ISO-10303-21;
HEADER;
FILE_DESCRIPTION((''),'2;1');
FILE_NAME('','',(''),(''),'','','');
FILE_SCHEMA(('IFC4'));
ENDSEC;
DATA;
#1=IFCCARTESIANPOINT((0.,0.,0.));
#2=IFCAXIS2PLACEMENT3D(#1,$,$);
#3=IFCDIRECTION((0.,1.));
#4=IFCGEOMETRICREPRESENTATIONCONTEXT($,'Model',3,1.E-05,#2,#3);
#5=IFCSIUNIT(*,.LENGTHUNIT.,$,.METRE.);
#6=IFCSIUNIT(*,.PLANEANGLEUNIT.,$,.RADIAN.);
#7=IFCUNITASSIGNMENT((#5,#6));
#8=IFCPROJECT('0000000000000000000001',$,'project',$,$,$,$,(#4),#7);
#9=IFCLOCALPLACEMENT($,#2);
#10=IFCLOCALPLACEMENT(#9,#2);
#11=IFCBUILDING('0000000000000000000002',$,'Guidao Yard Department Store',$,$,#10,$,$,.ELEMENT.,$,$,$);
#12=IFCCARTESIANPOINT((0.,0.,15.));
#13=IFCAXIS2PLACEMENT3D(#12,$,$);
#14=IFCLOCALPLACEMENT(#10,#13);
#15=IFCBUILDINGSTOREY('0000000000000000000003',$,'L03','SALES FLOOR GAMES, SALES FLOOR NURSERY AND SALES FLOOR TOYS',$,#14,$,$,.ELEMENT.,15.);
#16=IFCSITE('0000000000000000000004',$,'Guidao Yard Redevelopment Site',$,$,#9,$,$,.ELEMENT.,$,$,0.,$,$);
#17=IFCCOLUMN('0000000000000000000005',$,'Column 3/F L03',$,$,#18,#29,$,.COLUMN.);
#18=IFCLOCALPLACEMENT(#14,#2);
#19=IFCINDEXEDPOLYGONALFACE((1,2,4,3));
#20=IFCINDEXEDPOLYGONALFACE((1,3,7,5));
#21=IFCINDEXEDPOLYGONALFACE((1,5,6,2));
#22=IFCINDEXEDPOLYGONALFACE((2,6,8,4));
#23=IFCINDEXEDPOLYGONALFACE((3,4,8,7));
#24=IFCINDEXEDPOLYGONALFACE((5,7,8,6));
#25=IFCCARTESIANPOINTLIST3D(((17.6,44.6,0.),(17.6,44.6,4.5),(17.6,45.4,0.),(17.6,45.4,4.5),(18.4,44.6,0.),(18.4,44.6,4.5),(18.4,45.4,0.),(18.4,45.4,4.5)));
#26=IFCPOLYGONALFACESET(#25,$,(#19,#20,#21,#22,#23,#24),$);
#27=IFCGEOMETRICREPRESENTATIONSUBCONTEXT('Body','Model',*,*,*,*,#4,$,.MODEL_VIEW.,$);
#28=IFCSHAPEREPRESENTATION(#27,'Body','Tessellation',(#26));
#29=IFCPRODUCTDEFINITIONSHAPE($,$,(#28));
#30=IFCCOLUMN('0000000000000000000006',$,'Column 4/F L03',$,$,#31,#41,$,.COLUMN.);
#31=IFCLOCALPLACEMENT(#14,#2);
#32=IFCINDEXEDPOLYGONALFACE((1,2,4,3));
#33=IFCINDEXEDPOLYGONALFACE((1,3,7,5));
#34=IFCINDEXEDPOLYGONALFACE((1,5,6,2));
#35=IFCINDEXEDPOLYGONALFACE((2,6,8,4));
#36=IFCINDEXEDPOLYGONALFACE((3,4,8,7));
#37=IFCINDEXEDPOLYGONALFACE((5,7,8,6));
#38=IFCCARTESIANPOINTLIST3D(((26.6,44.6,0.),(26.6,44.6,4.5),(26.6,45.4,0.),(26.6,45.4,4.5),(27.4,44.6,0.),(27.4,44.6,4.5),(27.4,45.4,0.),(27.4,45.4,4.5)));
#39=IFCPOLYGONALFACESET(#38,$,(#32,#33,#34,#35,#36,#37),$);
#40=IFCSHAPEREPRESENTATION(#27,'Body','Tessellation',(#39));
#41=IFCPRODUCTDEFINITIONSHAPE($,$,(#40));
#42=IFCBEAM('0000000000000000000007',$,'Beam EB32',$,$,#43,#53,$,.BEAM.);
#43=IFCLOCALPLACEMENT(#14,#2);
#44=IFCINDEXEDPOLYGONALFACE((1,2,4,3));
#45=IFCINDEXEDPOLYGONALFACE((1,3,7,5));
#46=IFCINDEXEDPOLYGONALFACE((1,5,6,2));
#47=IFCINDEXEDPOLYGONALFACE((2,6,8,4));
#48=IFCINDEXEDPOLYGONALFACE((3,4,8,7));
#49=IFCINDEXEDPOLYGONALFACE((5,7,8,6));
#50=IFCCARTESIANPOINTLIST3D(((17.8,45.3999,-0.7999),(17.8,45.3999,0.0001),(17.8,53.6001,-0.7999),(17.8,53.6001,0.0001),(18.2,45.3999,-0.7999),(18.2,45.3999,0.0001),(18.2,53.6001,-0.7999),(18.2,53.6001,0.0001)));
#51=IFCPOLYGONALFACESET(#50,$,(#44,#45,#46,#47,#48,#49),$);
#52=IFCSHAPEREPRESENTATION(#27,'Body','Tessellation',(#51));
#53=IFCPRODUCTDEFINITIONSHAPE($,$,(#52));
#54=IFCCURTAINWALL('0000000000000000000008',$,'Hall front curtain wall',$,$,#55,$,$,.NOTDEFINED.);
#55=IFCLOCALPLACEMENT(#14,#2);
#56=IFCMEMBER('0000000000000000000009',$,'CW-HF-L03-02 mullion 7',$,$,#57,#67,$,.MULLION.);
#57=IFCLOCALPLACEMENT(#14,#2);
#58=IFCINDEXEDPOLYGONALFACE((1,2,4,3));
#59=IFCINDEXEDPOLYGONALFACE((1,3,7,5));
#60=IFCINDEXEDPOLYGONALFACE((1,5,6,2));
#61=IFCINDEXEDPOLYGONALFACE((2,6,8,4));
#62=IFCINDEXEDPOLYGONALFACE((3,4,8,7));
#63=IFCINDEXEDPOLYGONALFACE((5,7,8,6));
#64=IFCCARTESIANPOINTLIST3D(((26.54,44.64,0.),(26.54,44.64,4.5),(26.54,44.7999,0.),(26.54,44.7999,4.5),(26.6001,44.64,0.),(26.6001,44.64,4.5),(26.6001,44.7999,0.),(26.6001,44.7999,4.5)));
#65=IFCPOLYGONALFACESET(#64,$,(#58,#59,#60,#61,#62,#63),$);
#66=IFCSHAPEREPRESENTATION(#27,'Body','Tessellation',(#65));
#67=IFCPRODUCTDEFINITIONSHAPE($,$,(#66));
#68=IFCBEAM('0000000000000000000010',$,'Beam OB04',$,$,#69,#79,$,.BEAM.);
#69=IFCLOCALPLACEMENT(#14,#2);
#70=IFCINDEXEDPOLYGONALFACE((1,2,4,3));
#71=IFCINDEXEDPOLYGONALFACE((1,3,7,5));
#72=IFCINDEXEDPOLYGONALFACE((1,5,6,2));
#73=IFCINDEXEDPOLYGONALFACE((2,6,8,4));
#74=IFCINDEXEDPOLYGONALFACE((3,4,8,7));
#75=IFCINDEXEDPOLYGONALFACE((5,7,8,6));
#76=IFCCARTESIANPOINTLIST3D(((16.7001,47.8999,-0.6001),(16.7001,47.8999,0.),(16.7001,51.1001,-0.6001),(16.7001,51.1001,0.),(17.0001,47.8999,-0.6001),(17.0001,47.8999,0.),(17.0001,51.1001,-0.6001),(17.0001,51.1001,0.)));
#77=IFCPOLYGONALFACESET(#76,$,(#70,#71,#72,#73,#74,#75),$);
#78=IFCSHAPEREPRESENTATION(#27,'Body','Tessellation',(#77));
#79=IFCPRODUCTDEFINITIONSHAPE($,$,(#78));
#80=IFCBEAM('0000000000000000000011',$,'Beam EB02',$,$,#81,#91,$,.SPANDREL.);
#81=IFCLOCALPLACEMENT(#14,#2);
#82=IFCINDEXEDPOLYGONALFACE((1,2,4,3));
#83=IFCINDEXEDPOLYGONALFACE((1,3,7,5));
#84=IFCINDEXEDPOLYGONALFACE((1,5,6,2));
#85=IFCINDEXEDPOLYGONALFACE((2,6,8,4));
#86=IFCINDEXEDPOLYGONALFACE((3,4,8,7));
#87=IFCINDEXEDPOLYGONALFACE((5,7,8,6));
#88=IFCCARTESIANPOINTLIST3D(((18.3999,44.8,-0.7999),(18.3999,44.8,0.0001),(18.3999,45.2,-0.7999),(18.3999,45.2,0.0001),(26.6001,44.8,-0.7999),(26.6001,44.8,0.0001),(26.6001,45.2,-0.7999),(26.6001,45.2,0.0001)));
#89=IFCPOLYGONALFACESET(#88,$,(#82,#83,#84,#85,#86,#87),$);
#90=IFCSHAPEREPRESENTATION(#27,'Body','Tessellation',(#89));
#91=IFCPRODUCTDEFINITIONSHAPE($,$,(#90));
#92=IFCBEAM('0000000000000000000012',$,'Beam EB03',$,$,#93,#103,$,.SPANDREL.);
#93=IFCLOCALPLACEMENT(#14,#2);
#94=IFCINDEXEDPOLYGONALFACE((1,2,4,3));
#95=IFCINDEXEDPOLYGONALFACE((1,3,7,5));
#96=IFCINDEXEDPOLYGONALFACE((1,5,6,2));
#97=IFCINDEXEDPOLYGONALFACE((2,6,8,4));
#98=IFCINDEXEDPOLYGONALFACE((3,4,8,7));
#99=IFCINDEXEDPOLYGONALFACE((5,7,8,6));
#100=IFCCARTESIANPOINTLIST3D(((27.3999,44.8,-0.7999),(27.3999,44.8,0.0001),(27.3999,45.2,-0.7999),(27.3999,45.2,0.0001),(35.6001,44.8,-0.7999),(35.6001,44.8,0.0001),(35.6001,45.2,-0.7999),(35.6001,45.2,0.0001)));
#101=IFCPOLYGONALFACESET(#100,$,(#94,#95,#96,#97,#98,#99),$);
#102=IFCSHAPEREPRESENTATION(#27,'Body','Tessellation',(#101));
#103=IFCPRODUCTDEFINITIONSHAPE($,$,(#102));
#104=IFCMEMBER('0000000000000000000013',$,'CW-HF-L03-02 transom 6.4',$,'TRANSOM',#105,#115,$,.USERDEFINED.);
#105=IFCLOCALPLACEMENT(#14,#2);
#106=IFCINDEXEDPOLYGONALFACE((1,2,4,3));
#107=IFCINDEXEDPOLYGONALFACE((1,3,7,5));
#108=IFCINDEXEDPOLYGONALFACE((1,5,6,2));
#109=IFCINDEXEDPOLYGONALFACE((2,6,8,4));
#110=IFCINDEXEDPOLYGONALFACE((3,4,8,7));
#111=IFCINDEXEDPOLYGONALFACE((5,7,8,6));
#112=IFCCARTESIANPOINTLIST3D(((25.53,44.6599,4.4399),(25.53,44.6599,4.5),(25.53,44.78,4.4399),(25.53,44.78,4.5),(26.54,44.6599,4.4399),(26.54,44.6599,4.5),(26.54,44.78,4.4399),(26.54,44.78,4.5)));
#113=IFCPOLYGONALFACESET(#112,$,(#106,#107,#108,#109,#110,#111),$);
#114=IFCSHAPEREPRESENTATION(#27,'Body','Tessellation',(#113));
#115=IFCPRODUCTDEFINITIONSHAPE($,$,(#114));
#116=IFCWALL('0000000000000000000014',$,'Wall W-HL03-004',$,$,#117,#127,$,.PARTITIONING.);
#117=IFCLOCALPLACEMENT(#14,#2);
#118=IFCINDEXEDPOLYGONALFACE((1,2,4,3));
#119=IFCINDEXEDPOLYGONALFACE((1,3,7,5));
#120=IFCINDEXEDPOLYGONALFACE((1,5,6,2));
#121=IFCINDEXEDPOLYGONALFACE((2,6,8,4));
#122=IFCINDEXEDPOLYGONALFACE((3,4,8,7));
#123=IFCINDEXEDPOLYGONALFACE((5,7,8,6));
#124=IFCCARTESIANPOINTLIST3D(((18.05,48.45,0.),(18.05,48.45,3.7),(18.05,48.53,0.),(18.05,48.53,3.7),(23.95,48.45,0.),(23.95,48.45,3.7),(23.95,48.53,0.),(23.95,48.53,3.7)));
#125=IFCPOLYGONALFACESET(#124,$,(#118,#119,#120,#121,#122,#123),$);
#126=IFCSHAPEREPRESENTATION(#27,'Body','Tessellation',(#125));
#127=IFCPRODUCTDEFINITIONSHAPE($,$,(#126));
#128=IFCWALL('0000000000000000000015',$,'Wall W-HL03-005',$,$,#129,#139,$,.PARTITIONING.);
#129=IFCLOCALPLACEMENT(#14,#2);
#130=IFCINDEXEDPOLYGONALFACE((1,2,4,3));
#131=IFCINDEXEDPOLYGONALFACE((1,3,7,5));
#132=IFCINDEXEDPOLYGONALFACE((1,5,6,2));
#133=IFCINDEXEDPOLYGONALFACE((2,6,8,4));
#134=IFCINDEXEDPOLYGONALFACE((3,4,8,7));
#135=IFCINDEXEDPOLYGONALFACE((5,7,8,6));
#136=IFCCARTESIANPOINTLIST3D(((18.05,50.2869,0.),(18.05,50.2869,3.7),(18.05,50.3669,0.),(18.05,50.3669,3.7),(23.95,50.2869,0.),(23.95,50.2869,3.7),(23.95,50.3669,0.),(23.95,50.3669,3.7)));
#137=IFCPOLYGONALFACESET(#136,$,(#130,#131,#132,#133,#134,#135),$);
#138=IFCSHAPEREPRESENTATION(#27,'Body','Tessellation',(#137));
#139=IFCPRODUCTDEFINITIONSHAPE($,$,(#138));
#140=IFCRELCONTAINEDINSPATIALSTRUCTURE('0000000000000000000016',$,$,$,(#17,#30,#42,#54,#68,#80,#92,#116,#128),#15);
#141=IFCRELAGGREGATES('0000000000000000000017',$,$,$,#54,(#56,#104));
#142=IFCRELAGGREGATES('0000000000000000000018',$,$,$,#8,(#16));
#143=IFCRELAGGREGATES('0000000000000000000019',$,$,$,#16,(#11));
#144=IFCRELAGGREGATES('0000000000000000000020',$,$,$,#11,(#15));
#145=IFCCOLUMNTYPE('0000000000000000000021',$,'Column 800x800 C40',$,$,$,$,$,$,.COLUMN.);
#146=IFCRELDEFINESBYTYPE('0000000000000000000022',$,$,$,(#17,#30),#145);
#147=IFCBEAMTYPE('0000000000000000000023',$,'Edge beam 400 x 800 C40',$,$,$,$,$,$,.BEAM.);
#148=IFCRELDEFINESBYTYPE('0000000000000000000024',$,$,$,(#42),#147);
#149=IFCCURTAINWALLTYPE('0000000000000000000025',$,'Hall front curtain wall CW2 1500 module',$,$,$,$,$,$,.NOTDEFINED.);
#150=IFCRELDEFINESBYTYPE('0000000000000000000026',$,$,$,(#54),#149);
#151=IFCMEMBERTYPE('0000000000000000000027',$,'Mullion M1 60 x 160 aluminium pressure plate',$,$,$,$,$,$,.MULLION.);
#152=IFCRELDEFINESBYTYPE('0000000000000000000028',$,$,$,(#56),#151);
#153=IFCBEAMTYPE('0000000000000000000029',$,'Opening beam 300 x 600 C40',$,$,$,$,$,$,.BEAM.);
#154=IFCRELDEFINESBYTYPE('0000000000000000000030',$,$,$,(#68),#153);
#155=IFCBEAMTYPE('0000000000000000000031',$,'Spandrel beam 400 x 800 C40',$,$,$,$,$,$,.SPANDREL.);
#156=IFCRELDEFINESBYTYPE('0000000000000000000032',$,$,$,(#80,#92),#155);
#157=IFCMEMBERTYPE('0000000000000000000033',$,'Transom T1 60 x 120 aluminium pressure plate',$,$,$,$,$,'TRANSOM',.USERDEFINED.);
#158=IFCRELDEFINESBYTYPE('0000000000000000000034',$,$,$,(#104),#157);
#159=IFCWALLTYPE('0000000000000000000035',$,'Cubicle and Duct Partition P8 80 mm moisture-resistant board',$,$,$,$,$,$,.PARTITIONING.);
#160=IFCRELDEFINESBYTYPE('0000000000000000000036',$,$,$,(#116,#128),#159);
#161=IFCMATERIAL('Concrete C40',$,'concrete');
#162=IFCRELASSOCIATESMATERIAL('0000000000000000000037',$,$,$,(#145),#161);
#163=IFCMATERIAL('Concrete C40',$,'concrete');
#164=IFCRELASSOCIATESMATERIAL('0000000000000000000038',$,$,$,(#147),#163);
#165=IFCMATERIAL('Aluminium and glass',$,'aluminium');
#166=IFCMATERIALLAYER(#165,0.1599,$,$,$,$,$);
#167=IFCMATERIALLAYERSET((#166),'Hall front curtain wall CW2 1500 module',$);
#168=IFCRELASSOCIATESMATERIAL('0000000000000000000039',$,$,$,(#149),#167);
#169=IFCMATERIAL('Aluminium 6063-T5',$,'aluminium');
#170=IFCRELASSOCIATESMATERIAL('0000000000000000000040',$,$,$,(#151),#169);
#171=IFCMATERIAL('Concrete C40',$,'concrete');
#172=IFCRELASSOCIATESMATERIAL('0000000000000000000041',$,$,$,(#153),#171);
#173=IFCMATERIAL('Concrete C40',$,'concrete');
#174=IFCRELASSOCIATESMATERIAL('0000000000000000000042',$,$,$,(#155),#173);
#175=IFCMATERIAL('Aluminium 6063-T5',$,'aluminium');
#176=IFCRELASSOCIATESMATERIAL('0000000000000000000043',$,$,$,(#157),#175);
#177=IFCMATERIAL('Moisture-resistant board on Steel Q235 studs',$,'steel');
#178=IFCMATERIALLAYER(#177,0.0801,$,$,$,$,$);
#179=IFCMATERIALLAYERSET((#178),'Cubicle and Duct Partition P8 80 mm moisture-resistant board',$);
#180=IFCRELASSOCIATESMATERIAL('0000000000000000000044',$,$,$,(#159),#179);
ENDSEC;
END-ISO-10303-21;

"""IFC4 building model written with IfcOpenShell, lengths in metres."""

from ifc_helpers import new_model, si_unit, direction, frame, frame_2d, origin, origin_2d, place, context, subcontext, project, spatial, rectangle, extrude, material, layer, layer_set, material_profile, profile_set, type_object, element, aggregate, save


model = new_model("IFC4")

# Units and contexts
model_context = context("Model", 3, precision=1e-05, world=origin(), true_north=direction((0.0, 1.0)))
body_context = subcontext(model_context, "Body", "Model", "MODEL_VIEW")
ifc_project = project(units=[si_unit("LENGTHUNIT", "METRE"), si_unit("PLANEANGLEUNIT", "RADIAN")], contexts=[model_context])

# Site, building, storey
site_placement = place(None, origin())
site = spatial("IfcSite", under=ifc_project, at=site_placement, Name="Guidao Yard Redevelopment Site", CompositionType="ELEMENT", RefElevation=0.0)
building_placement = place(site_placement, origin())
building = spatial("IfcBuilding", under=site, at=building_placement, Name="Guidao Yard Department Store", CompositionType="ELEMENT")
storey_placement = place(building_placement, frame((0.0, 0.0, 15.0)))
storey = spatial("IfcBuildingStorey", under=building, at=storey_placement, Name="L03", Description="SALES FLOOR GAMES, SALES FLOOR NURSERY AND SALES FLOOR TOYS", CompositionType="ELEMENT", Elevation=15.0)

# Columns
ifc_material_1 = material(Name="Concrete C40", Category="concrete")
ifc_material_profile_1 = material_profile(ifc_material_1, rectangle(XDim=0.8, YDim=0.8, at=origin_2d()), Name="COL 800x800")
ifc_profile_set_1 = profile_set([ifc_material_profile_1], Name="Concrete C40")
column_type = type_object("IfcColumnType", Name="Column 800x800 C40", PredefinedType="COLUMN", material=ifc_profile_set_1)
for number, where, z_axis, x_axis, name in (
    (1, (18.0, 45.0, 0.0), (0.0, 0.0, 1.0), (1.0, 0.0, 0.0), "Column 3/F L03"),
    (2, (27.0, 45.0, 0.0), (0.0, 0.0, 1.0), (1.0, 0.0, 0.0), "Column 4/F L03"),
):
    element("IfcColumn", number, at=place(storey_placement, frame(where, z_axis=z_axis, x_axis=x_axis)), inside=storey, type_object=column_type, Name=name, PredefinedType="COLUMN", context=body_context, shape_type="SweptSolid", body=[
        extrude(rectangle(XDim=0.8, YDim=0.8, at=origin_2d()), origin(), (0.0, 0.0, 1.0), 4.5),
    ])

# Beam
ifc_material_2 = material(Name="Concrete C40", Category="concrete")
ifc_material_profile_2 = material_profile(ifc_material_2, rectangle(XDim=0.3999, YDim=0.8, at=origin_2d()), Name="Edge beam 400 x 800 C40")
ifc_profile_set_2 = profile_set([ifc_material_profile_2], Name="Concrete C40")
beam_type_1 = type_object("IfcBeamType", Name="Edge beam 400 x 800 C40", PredefinedType="BEAM", material=ifc_profile_set_2)
beam_1_placement = place(storey_placement, frame((18.0, 45.3999, -0.3999), z_axis=(0.0, 1.0, 0.0), x_axis=(-1.0, 0.0, 0.0)))
element("IfcBeam", 3, at=beam_1_placement, inside=storey, type_object=beam_type_1, Name="Beam EB32", PredefinedType="BEAM", context=body_context, shape_type="SweptSolid", body=[
    extrude(rectangle(XDim=0.3999, YDim=0.8, at=origin_2d()), origin(), (0.0, 0.0, 1.0), 8.2002),
])

# Curtain wall, member
ifc_material_3 = material(Name="Aluminium and glass", Category="aluminium")
ifc_layer_1 = layer(ifc_material_3, 0.1599)
ifc_layer_set_1 = layer_set([ifc_layer_1], Name="Hall front curtain wall CW2 1500 module")
curtain_wall_type = type_object("IfcCurtainWallType", Name="Hall front curtain wall CW2 1500 module", PredefinedType="NOTDEFINED", material=ifc_layer_set_1)
curtain_wall_placement = place(storey_placement, origin())
curtain_wall = element("IfcCurtainWall", 4, at=curtain_wall_placement, inside=storey, type_object=curtain_wall_type, Name="Hall front curtain wall", PredefinedType="NOTDEFINED")
ifc_material_4 = material(Name="Aluminium 6063-T5", Category="aluminium")
ifc_material_profile_3 = material_profile(ifc_material_4, rectangle(XDim=0.0601, YDim=0.1599, at=origin_2d()), Name="Mullion M1 60 x 160 aluminium pressure plate")
ifc_profile_set_3 = profile_set([ifc_material_profile_3], Name="Aluminium 6063-T5")
member_type_1 = type_object("IfcMemberType", Name="Mullion M1 60 x 160 aluminium pressure plate", PredefinedType="MULLION", material=ifc_profile_set_3)
member_1_placement = place(storey_placement, frame((26.5701, 44.72, 0.0), z_axis=(0.0, 0.0, 1.0), x_axis=(-1.0, 0.0, 0.0)))
member_1 = element("IfcMember", 5, at=member_1_placement, type_object=member_type_1, Name="CW-HF-L03-02 mullion 7", PredefinedType="MULLION", context=body_context, shape_type="SweptSolid", body=[
    extrude(rectangle(XDim=0.0601, YDim=0.1599, at=origin_2d()), origin(), (0.0, 0.0, 1.0), 4.5),
])

# Beams
ifc_material_5 = material(Name="Concrete C40", Category="concrete")
ifc_material_profile_4 = material_profile(ifc_material_5, rectangle(XDim=0.3, YDim=0.6001, at=origin_2d()), Name="Opening beam 300 x 600 C40")
ifc_profile_set_4 = profile_set([ifc_material_profile_4], Name="Concrete C40")
beam_type_2 = type_object("IfcBeamType", Name="Opening beam 300 x 600 C40", PredefinedType="BEAM", material=ifc_profile_set_4)
beam_2_placement = place(storey_placement, frame((16.8501, 47.8999, -0.3), z_axis=(0.0, 1.0, 0.0), x_axis=(-1.0, 0.0, 0.0)))
element("IfcBeam", 6, at=beam_2_placement, inside=storey, type_object=beam_type_2, Name="Beam OB04", PredefinedType="BEAM", context=body_context, shape_type="SweptSolid", body=[
    extrude(rectangle(XDim=0.3, YDim=0.6001, at=origin_2d()), origin(), (0.0, 0.0, 1.0), 3.2002),
])
ifc_material_6 = material(Name="Concrete C40", Category="concrete")
ifc_material_profile_5 = material_profile(ifc_material_6, rectangle(XDim=0.3999, YDim=0.8, at=origin_2d()), Name="Spandrel beam 400 x 800 C40")
ifc_profile_set_5 = profile_set([ifc_material_profile_5], Name="Concrete C40")
beam_type_3 = type_object("IfcBeamType", Name="Spandrel beam 400 x 800 C40", PredefinedType="SPANDREL", material=ifc_profile_set_5)
for number, where, z_axis, x_axis, name in (
    (7, (18.3999, 45.0, -0.3999), (1.0, 0.0, 0.0), (0.0, 1.0, 0.0), "Beam EB02"),
    (8, (27.3999, 45.0, -0.3999), (1.0, 0.0, 0.0), (0.0, 1.0, 0.0), "Beam EB03"),
):
    element("IfcBeam", number, at=place(storey_placement, frame(where, z_axis=z_axis, x_axis=x_axis)), inside=storey, type_object=beam_type_3, Name=name, PredefinedType="SPANDREL", context=body_context, shape_type="SweptSolid", body=[
        extrude(rectangle(XDim=0.3999, YDim=0.8, at=origin_2d()), origin(), (0.0, 0.0, 1.0), 8.2002),
    ])

# Member
ifc_material_7 = material(Name="Aluminium 6063-T5", Category="aluminium")
ifc_material_profile_6 = material_profile(ifc_material_7, rectangle(XDim=0.1201, YDim=0.0601, at=origin_2d()), Name="Transom T1 60 x 120 aluminium pressure plate")
ifc_profile_set_6 = profile_set([ifc_material_profile_6], Name="Aluminium 6063-T5")
member_type_2 = type_object("IfcMemberType", Name="Transom T1 60 x 120 aluminium pressure plate", ElementType="TRANSOM", PredefinedType="USERDEFINED", material=ifc_profile_set_6)
member_2_placement = place(storey_placement, frame((26.54, 44.72, 4.47), z_axis=(-1.0, 0.0, 0.0), x_axis=(0.0, -1.0, 0.0)))
member_2 = element("IfcMember", 9, at=member_2_placement, type_object=member_type_2, Name="CW-HF-L03-02 transom 6.4", ObjectType="TRANSOM", PredefinedType="USERDEFINED", context=body_context, shape_type="SweptSolid", body=[
    extrude(rectangle(XDim=0.1201, YDim=0.0601, at=origin_2d()), origin(), (0.0, 0.0, 1.0), 1.01),
])
aggregate(curtain_wall, [member_1, member_2])

# Walls
ifc_material_8 = material(Name="Moisture-resistant board on Steel Q235 studs", Category="steel")
ifc_layer_2 = layer(ifc_material_8, 0.0801)
ifc_layer_set_2 = layer_set([ifc_layer_2], Name="Cubicle and Duct Partition P8 80 mm moisture-resistant board")
wall_type_1 = type_object("IfcWallType", Name="Cubicle and Duct Partition P8 80 mm moisture-resistant board", PredefinedType="PARTITIONING", material=ifc_layer_set_2)
for number, where, z_axis, x_axis, name in (
    (10, (18.05, 48.49, 0.0), (0.0, 0.0, 1.0), (1.0, 0.0, 0.0), "Wall W-HL03-004"),
    (11, (18.05, 50.3269, 0.0), (0.0, 0.0, 1.0), (1.0, 0.0, 0.0), "Wall W-HL03-005"),
):
    element("IfcWall", number, at=place(storey_placement, frame(where, z_axis=z_axis, x_axis=x_axis)), inside=storey, type_object=wall_type_1, Name=name, PredefinedType="PARTITIONING", context=body_context, shape_type="SweptSolid", body=[
        extrude(rectangle(XDim=5.8999, YDim=0.0801, at=frame_2d((2.95, 0.0))), origin(), (0.0, 0.0, 1.0), 3.7),
    ])

save(model, "model.ifc")
